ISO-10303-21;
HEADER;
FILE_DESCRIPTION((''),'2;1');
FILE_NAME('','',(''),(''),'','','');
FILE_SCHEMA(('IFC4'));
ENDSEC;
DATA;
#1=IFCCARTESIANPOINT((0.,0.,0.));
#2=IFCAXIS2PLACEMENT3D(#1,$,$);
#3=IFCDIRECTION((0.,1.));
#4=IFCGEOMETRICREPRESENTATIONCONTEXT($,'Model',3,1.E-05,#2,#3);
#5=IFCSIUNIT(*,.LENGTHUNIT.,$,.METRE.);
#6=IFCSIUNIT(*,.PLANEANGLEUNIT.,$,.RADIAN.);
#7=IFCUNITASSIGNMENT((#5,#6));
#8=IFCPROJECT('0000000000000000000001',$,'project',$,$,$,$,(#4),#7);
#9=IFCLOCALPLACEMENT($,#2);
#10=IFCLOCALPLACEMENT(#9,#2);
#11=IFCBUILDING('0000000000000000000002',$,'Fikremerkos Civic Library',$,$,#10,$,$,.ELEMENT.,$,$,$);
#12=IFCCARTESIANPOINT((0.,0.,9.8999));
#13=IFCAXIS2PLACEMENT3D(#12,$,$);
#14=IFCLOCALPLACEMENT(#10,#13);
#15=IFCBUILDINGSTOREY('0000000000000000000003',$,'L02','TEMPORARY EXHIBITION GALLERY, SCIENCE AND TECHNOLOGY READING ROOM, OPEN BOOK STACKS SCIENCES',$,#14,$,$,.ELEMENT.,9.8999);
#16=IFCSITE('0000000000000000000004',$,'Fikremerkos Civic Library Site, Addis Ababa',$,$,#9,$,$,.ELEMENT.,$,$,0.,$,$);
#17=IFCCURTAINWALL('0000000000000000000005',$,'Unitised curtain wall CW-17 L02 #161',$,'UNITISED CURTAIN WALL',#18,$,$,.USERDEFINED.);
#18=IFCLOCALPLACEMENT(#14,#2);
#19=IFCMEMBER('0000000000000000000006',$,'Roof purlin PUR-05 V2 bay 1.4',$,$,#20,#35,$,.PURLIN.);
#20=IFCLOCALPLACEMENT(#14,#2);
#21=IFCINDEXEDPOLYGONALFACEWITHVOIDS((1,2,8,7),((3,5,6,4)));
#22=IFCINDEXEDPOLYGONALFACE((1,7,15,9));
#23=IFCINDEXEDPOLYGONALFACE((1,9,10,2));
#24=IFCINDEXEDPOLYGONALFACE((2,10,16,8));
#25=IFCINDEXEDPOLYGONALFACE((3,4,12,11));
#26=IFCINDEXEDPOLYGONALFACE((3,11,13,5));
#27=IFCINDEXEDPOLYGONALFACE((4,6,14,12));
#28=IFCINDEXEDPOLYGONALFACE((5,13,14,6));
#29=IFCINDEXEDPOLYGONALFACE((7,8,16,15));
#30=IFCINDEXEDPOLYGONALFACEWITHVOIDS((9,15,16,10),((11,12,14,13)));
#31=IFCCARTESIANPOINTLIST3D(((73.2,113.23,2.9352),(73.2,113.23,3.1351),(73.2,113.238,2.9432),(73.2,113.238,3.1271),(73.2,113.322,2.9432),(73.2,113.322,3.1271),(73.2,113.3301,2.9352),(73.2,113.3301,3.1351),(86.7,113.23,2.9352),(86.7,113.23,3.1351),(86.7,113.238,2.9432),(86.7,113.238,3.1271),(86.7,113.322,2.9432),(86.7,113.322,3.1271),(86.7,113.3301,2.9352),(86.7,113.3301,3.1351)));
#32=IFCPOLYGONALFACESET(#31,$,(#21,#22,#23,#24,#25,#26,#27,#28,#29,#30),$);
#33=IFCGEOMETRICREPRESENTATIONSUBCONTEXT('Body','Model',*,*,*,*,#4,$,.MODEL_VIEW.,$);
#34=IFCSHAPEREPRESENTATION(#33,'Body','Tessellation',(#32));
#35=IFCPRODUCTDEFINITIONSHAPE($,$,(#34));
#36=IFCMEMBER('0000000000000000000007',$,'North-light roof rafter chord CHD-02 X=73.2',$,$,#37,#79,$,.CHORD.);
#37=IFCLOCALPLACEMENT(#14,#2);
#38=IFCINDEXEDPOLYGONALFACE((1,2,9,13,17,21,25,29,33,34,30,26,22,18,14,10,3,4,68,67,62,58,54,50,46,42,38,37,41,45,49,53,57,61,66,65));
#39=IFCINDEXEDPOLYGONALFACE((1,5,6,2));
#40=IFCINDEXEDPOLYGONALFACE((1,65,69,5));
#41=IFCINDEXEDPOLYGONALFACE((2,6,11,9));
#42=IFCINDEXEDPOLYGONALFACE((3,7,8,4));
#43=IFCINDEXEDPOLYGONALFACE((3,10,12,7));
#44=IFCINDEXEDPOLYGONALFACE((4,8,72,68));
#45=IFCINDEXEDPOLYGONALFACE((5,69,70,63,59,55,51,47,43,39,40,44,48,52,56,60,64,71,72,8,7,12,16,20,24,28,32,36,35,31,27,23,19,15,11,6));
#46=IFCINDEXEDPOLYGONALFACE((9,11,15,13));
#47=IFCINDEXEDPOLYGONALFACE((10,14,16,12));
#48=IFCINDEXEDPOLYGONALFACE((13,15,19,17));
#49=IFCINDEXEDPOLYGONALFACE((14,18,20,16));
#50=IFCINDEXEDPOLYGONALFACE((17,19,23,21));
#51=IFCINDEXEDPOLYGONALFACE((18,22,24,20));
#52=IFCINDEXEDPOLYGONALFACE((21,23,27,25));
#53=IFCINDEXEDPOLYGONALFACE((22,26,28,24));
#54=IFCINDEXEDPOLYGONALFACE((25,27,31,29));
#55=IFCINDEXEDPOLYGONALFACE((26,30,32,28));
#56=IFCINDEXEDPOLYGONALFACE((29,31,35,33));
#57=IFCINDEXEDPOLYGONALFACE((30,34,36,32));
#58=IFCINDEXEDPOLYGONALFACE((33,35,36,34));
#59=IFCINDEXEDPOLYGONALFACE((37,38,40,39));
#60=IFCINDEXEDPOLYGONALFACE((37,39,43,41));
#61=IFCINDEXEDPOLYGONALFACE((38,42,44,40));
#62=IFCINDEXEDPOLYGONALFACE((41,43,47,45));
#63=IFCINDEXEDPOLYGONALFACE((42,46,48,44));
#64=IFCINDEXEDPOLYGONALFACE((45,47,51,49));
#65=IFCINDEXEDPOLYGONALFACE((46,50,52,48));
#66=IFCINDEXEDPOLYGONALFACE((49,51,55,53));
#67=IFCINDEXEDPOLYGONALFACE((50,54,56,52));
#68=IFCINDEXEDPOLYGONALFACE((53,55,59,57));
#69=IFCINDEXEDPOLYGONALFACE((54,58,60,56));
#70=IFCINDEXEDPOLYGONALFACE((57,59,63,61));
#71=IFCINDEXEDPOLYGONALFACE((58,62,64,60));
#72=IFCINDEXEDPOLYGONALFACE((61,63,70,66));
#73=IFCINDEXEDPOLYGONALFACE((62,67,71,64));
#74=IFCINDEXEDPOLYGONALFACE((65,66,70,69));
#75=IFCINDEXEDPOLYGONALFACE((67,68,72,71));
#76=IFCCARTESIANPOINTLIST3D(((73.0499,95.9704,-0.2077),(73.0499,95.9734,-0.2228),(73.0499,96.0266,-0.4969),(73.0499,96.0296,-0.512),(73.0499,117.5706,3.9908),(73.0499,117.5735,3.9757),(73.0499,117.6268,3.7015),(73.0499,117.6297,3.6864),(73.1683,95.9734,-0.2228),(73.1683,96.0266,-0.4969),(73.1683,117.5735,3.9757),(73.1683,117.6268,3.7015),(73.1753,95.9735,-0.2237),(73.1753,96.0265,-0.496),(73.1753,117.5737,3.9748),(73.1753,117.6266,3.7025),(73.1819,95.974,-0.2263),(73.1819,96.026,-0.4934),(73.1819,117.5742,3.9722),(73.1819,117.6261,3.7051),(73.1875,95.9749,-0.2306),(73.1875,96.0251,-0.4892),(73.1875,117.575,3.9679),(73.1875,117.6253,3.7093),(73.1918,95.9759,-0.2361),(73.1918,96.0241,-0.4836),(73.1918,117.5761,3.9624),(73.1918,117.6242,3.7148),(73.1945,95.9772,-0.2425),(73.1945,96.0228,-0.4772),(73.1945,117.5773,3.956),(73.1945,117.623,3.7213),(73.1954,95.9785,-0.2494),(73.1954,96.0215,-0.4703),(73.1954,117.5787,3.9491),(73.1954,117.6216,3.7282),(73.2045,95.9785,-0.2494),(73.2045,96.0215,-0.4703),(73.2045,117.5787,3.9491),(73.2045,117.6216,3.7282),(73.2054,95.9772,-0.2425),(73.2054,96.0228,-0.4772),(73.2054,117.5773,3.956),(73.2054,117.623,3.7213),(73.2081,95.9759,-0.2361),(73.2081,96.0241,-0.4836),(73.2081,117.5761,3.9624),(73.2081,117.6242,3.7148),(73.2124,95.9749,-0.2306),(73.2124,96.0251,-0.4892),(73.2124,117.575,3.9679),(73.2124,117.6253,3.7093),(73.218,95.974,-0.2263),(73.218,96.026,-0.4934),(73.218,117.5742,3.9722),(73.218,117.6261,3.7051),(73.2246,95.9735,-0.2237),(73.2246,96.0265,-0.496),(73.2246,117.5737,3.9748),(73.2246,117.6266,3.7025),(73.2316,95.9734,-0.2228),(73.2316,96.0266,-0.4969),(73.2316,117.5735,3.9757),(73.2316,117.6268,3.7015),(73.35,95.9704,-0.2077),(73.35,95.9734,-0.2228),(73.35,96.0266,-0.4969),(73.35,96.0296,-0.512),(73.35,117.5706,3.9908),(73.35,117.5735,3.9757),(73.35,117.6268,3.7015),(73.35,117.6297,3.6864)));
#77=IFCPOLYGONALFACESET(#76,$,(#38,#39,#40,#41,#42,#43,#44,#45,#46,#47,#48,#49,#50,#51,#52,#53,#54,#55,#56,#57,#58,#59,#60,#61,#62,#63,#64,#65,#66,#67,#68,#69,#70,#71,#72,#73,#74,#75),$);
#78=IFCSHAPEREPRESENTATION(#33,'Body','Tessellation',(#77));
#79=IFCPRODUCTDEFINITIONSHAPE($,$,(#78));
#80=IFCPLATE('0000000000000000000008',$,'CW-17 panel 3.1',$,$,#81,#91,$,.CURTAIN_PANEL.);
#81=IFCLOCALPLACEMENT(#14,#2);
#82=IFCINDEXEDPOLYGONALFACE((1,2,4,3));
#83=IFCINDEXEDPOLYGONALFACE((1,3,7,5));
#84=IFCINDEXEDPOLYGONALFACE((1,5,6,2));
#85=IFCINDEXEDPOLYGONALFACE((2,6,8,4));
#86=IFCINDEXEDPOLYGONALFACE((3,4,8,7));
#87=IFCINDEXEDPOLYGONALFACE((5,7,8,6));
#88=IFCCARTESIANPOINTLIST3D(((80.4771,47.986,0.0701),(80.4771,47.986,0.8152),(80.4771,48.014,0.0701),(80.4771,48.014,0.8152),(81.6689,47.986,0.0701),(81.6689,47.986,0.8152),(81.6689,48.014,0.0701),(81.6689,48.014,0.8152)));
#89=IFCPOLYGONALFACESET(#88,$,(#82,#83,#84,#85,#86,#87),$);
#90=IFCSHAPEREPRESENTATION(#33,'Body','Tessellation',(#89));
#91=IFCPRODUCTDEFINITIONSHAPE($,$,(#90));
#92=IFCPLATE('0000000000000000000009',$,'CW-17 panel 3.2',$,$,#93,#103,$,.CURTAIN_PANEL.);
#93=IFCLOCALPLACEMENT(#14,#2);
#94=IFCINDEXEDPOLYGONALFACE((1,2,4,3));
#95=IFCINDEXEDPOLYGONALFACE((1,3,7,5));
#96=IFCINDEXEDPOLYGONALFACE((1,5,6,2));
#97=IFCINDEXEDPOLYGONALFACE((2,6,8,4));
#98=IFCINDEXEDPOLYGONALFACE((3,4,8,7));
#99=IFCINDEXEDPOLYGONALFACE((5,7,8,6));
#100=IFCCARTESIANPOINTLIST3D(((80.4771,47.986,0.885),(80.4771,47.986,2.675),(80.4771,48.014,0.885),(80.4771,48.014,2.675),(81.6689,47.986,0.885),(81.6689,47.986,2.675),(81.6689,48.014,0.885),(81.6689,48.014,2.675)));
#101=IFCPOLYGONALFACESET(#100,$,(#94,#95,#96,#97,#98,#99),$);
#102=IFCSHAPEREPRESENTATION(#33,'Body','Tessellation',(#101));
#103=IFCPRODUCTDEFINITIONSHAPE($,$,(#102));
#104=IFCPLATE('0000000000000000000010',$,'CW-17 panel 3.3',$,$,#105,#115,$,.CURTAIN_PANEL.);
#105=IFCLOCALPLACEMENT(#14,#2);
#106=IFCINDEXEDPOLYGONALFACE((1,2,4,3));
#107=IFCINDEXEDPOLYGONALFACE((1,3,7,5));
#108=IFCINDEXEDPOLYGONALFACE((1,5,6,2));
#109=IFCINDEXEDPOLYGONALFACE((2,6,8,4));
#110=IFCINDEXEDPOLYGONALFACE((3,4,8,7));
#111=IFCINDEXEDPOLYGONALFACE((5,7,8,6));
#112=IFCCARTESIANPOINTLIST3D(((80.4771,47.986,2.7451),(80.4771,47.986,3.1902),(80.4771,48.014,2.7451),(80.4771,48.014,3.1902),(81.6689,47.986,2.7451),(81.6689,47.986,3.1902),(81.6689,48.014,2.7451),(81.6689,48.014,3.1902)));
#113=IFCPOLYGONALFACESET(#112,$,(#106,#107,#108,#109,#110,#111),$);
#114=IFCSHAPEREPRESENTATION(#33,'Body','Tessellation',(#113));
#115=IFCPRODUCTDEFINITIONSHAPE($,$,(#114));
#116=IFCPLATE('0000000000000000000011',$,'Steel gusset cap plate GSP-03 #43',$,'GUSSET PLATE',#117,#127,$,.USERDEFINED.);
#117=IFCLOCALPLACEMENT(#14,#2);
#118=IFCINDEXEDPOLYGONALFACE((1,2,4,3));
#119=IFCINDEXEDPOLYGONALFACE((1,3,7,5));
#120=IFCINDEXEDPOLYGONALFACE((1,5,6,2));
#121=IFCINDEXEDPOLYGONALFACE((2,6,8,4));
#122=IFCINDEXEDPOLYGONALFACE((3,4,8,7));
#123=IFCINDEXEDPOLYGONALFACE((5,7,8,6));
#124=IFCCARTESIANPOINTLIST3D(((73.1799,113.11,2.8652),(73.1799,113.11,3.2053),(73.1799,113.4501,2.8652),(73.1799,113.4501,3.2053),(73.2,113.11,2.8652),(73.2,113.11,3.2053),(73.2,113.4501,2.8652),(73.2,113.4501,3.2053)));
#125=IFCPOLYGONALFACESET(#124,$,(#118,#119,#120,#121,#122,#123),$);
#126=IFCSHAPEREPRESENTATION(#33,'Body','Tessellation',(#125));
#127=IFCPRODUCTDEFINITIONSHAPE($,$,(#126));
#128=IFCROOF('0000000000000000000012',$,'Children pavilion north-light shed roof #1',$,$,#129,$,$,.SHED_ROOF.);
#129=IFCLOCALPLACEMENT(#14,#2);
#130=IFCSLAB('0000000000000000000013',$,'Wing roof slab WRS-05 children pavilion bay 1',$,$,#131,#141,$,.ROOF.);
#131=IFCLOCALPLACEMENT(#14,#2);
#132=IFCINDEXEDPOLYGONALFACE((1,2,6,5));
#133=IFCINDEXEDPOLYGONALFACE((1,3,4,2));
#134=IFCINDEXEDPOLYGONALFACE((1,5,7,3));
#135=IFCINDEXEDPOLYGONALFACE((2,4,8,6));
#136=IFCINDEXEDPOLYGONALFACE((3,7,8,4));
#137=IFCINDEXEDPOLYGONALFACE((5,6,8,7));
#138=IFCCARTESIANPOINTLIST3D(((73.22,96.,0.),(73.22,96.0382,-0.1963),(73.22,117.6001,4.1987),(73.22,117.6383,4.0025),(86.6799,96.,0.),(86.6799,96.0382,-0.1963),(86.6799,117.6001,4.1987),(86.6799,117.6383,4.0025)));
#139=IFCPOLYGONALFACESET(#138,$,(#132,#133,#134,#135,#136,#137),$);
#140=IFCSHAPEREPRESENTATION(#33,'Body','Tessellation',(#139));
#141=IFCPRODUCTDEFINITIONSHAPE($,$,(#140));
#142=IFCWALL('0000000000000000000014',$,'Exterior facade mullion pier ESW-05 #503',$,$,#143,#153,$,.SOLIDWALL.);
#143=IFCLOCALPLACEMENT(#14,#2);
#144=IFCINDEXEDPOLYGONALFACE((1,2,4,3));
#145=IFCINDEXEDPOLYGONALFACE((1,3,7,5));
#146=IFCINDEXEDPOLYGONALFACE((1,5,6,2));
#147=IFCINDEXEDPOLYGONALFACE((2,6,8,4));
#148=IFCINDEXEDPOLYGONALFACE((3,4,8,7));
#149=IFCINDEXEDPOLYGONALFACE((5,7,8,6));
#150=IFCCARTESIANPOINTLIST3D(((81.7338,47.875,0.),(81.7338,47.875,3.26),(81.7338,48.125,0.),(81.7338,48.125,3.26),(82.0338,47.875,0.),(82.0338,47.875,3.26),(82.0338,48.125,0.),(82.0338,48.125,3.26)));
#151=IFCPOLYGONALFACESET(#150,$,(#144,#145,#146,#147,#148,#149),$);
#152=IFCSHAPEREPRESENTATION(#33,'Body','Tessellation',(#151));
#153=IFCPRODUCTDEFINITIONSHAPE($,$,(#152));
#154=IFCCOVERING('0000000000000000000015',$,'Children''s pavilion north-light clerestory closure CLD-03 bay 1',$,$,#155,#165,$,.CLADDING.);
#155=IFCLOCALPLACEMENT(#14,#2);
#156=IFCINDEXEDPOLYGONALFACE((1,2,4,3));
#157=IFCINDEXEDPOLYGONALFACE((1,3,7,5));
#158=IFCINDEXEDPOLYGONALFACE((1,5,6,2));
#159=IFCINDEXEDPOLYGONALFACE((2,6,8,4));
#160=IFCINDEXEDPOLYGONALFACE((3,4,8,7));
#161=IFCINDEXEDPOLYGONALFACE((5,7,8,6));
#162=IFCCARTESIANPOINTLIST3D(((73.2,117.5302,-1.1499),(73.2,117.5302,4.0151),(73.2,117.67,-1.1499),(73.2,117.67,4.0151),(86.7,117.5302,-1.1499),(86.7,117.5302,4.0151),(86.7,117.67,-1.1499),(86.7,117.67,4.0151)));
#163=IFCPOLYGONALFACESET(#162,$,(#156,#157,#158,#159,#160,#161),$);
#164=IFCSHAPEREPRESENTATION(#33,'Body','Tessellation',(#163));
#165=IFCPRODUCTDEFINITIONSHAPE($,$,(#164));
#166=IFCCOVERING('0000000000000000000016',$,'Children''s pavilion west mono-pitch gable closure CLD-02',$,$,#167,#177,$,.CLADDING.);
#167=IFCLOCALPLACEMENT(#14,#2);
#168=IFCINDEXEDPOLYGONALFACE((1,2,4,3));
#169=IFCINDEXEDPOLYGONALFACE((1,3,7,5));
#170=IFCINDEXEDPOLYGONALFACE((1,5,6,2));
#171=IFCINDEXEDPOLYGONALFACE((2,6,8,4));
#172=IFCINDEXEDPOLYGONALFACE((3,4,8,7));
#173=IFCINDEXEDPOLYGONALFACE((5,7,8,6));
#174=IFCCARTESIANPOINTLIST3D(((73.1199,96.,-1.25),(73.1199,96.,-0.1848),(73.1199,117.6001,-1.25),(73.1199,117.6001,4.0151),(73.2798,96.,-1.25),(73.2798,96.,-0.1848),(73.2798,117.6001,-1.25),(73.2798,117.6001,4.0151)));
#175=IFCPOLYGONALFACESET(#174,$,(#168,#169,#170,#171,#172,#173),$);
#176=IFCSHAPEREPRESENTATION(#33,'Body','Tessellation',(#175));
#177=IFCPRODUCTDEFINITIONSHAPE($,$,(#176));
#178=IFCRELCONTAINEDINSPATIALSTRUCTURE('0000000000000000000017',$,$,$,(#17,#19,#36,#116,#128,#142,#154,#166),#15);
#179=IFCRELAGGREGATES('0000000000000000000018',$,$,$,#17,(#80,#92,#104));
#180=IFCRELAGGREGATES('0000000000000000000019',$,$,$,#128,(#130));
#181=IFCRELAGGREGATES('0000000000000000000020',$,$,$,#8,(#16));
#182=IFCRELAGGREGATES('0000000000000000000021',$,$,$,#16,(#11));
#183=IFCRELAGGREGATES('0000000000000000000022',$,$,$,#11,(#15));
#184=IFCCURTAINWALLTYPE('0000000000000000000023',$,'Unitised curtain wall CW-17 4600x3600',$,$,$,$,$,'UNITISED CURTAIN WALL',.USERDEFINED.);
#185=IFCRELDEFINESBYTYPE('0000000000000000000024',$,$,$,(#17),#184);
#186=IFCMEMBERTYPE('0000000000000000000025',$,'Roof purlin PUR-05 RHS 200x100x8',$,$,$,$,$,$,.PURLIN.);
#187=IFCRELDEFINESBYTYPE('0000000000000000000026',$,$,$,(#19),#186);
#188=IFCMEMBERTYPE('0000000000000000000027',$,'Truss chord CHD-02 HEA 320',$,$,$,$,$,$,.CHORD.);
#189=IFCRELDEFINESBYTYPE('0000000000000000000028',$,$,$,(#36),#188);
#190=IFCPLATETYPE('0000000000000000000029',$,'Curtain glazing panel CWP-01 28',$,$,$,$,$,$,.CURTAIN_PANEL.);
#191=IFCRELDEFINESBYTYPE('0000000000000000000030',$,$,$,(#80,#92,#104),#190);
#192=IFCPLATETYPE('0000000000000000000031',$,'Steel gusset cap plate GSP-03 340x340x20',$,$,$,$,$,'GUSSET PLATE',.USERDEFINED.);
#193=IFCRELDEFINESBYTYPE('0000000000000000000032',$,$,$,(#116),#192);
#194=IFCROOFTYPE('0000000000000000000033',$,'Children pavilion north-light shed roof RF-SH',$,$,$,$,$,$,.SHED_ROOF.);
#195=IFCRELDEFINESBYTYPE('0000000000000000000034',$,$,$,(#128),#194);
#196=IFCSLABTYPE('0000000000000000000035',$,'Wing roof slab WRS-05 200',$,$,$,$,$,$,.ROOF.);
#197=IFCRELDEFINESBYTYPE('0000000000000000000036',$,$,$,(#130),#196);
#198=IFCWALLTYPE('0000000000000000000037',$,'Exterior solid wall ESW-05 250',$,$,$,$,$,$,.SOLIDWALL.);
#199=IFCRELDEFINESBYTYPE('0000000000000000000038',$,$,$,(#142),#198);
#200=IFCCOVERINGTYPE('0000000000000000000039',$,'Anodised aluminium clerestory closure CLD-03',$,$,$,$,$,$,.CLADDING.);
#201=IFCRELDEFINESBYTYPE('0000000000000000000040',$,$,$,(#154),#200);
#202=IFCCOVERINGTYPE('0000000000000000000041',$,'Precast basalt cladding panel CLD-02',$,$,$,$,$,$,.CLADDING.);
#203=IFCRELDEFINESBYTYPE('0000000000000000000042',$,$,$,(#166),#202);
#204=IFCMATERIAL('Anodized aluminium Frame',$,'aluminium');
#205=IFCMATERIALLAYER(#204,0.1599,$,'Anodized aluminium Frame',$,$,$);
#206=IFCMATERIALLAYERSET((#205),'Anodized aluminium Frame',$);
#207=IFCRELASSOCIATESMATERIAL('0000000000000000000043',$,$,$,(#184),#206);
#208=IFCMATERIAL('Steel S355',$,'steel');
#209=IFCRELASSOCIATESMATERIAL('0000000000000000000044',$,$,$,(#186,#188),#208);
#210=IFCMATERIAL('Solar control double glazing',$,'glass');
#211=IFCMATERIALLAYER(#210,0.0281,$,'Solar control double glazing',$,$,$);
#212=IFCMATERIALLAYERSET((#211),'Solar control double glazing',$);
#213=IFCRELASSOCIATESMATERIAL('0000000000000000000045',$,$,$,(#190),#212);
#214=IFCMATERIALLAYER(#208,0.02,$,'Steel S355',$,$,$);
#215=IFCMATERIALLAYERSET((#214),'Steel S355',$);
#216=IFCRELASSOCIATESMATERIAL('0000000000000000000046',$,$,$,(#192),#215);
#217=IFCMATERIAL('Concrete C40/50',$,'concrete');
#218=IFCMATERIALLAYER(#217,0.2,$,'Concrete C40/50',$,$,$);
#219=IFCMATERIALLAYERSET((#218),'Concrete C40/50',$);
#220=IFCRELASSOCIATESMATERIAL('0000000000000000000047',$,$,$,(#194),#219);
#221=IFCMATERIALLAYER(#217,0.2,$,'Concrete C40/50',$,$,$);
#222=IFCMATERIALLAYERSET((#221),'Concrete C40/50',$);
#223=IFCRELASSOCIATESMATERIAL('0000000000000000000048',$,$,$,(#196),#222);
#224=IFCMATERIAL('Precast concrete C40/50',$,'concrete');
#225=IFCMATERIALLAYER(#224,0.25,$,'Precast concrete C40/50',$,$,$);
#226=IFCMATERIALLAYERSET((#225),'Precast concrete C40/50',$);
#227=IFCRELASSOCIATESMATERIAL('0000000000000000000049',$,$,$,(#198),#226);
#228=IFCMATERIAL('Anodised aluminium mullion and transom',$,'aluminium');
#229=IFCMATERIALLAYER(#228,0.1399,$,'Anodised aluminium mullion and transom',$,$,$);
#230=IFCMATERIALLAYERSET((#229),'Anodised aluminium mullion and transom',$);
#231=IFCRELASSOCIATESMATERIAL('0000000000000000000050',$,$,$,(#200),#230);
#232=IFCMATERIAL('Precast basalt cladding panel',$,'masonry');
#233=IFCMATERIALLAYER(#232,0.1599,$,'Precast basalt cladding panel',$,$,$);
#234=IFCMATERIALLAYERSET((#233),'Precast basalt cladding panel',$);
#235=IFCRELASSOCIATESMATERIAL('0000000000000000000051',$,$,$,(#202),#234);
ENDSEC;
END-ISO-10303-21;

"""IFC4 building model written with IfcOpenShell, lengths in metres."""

from ifc_helpers import new_model, si_unit, direction, frame, frame_2d, origin, origin_2d, place, context, subcontext, project, spatial, polyline, rectangle, hollow_rectangle, i_section, outline, extrude, material, layer, layer_set, material_profile, profile_set, type_object, element, aggregate, save


model = new_model("IFC4")

# Units and contexts
model_context = context("Model", 3, precision=1e-05, world=origin(), true_north=direction((0.0, 1.0)))
body_context = subcontext(model_context, "Body", "Model", "MODEL_VIEW")
ifc_project = project(units=[si_unit("LENGTHUNIT", "METRE"), si_unit("PLANEANGLEUNIT", "RADIAN")], contexts=[model_context])

# Site, building, storey
site_placement = place(None, origin())
site = spatial("IfcSite", under=ifc_project, at=site_placement, Name="Fikremerkos Civic Library Site, Addis Ababa", CompositionType="ELEMENT", RefElevation=0.0)
building_placement = place(site_placement, origin())
building = spatial("IfcBuilding", under=site, at=building_placement, Name="Fikremerkos Civic Library", CompositionType="ELEMENT")
storey_placement = place(building_placement, frame((0.0, 0.0, 9.8999)))
storey = spatial("IfcBuildingStorey", under=building, at=storey_placement, Name="L02", Description="TEMPORARY EXHIBITION GALLERY, SCIENCE AND TECHNOLOGY READING ROOM, OPEN BOOK STACKS SCIENCES", CompositionType="ELEMENT", Elevation=9.8999)

# Curtain wall
ifc_material_1 = material(Name="Anodized aluminium Frame", Category="aluminium")
ifc_layer_1 = layer(ifc_material_1, 0.1599, Name="Anodized aluminium Frame")
ifc_layer_set_1 = layer_set([ifc_layer_1], Name="Anodized aluminium Frame")
curtain_wall_type_1 = type_object("IfcCurtainWallType", Name="Unitised curtain wall CW-17 4600x3600", ElementType="UNITISED CURTAIN WALL", PredefinedType="USERDEFINED", material=ifc_layer_set_1)
curtain_wall_1_placement = place(storey_placement, origin())
curtain_wall_1 = element("IfcCurtainWall", 1, at=curtain_wall_1_placement, inside=storey, type_object=curtain_wall_type_1, Name="Unitised curtain wall CW-17 L02 #161", ObjectType="UNITISED CURTAIN WALL", PredefinedType="USERDEFINED")

# Shared definitions
ifc_material_2 = material(Name="Steel S355", Category="steel")

# Shared definitions
ifc_material_3 = material(Name="Concrete C40/50", Category="concrete")

# Members
ifc_material_profile_1 = material_profile(ifc_material_2, hollow_rectangle(XDim=0.1001, YDim=0.2, WallThickness=0.0081, at=origin_2d()), Name="RHS 200x100x8")
ifc_profile_set_1 = profile_set([ifc_material_profile_1], Name="Steel S355")
member_type_1 = type_object("IfcMemberType", Name="Roof purlin PUR-05 RHS 200x100x8", PredefinedType="PURLIN", material=ifc_profile_set_1)
member_1_placement = place(storey_placement, frame((73.2, 113.28, 3.0352), z_axis=(1.0, 0.0, 0.0), x_axis=(0.0, 1.0, 0.0)))
element("IfcMember", 2, at=member_1_placement, inside=storey, type_object=member_type_1, Name="Roof purlin PUR-05 V2 bay 1.4", PredefinedType="PURLIN", context=body_context, shape_type="SweptSolid", body=[
    extrude(hollow_rectangle(XDim=0.1001, YDim=0.2, WallThickness=0.0081, at=origin_2d()), origin(), (0.0, 0.0, 1.0), 13.5),
])
ifc_material_profile_2 = material_profile(ifc_material_2, i_section(OverallWidth=0.3, OverallDepth=0.3101, WebThickness=0.009, FlangeThickness=0.0154, FilletRadius=0.0271, at=origin_2d()), Name="HEA 320")
ifc_profile_set_2 = profile_set([ifc_material_profile_2], Name="Steel S355")
member_type_2 = type_object("IfcMemberType", Name="Truss chord CHD-02 HEA 320", PredefinedType="CHORD", material=ifc_profile_set_2)
member_2_placement = place(storey_placement, frame((73.2, 96.0, -0.3599), z_axis=(0.0, 0.981628, 0.190803), x_axis=(-1.0, 0.0, 0.0)))
element("IfcMember", 3, at=member_2_placement, inside=storey, type_object=member_type_2, Name="North-light roof rafter chord CHD-02 X=73.2", PredefinedType="CHORD", context=body_context, shape_type="SweptSolid", body=[
    extrude(i_section(OverallWidth=0.3, OverallDepth=0.3101, WebThickness=0.009, FlangeThickness=0.0154, FilletRadius=0.0271, at=origin_2d()), origin(), (0.0, 0.0, 1.0), 22.0044),
])

# Plates
ifc_material_4 = material(Name="Solar control double glazing", Category="glass")
ifc_layer_2 = layer(ifc_material_4, 0.0281, Name="Solar control double glazing")
ifc_layer_set_2 = layer_set([ifc_layer_2], Name="Solar control double glazing")
plate_type_1 = type_object("IfcPlateType", Name="Curtain glazing panel CWP-01 28", PredefinedType="CURTAIN_PANEL", material=ifc_layer_set_2)
plate_1_placement = place(storey_placement, frame((81.073, 48.0, 0.0701), z_axis=(0.0, 0.0, 1.0), x_axis=(1.0, 0.0, 0.0)))
plate_1 = element("IfcPlate", 4, at=plate_1_placement, type_object=plate_type_1, Name="CW-17 panel 3.1", PredefinedType="CURTAIN_PANEL", context=body_context, shape_type="SweptSolid", body=[
    extrude(rectangle(XDim=1.1919, YDim=0.0281, at=origin_2d()), origin(), (0.0, 0.0, 1.0), 0.7451),
])
plate_2_placement = place(storey_placement, frame((81.073, 48.0, 0.885), z_axis=(0.0, 0.0, 1.0), x_axis=(1.0, 0.0, 0.0)))
plate_2 = element("IfcPlate", 5, at=plate_2_placement, type_object=plate_type_1, Name="CW-17 panel 3.2", PredefinedType="CURTAIN_PANEL", context=body_context, shape_type="SweptSolid", body=[
    extrude(rectangle(XDim=1.1919, YDim=0.0281, at=origin_2d()), origin(), (0.0, 0.0, 1.0), 1.79),
])
plate_3_placement = place(storey_placement, frame((81.073, 48.0, 2.7451), z_axis=(0.0, 0.0, 1.0), x_axis=(1.0, 0.0, 0.0)))
plate_3 = element("IfcPlate", 6, at=plate_3_placement, type_object=plate_type_1, Name="CW-17 panel 3.3", PredefinedType="CURTAIN_PANEL", context=body_context, shape_type="SweptSolid", body=[
    extrude(rectangle(XDim=1.1919, YDim=0.0281, at=origin_2d()), origin(), (0.0, 0.0, 1.0), 0.4451),
])
aggregate(curtain_wall_1, [plate_1, plate_2, plate_3])
ifc_layer_3 = layer(ifc_material_2, 0.02, Name="Steel S355")
ifc_layer_set_3 = layer_set([ifc_layer_3], Name="Steel S355")
plate_type_2 = type_object("IfcPlateType", Name="Steel gusset cap plate GSP-03 340x340x20", ElementType="GUSSET PLATE", PredefinedType="USERDEFINED", material=ifc_layer_set_3)
plate_4_placement = place(storey_placement, frame((73.1899, 113.28, 2.8652), z_axis=(0.0, 0.0, 1.0), x_axis=(1.0, 0.0, 0.0)))
element("IfcPlate", 7, at=plate_4_placement, inside=storey, type_object=plate_type_2, Name="Steel gusset cap plate GSP-03 #43", ObjectType="GUSSET PLATE", PredefinedType="USERDEFINED", context=body_context, shape_type="SweptSolid", body=[
    extrude(rectangle(XDim=0.02, YDim=0.3401, at=origin_2d()), origin(), (0.0, 0.0, 1.0), 0.3401),
])

# Roof, slab
ifc_layer_4 = layer(ifc_material_3, 0.2, Name="Concrete C40/50")
ifc_layer_set_4 = layer_set([ifc_layer_4], Name="Concrete C40/50")
roof_type = type_object("IfcRoofType", Name="Children pavilion north-light shed roof RF-SH", PredefinedType="SHED_ROOF", material=ifc_layer_set_4)
roof_placement = place(storey_placement, origin())
roof = element("IfcRoof", 8, at=roof_placement, inside=storey, type_object=roof_type, Name="Children pavilion north-light shed roof #1", PredefinedType="SHED_ROOF")
ifc_layer_5 = layer(ifc_material_3, 0.2, Name="Concrete C40/50")
ifc_layer_set_5 = layer_set([ifc_layer_5], Name="Concrete C40/50")
slab_type = type_object("IfcSlabType", Name="Wing roof slab WRS-05 200", PredefinedType="ROOF", material=ifc_layer_set_5)
slab_placement = place(storey_placement, frame((73.22, 96.0, 0.0), z_axis=(0.0, -0.190813, 0.981626), x_axis=(1.0, 0.0, 0.0)))
slab = element("IfcSlab", 9, at=slab_placement, type_object=slab_type, Name="Wing roof slab WRS-05 children pavilion bay 1", PredefinedType="ROOF", context=body_context, shape_type="SweptSolid", body=[
    extrude(outline(polyline([(0.0, 0.0), (13.46, 0.0), (13.46, 22.0044), (0.0, 22.0044), (0.0, 0.0)])), origin(), (0.0, 0.0, -1.0), 0.2),
])
aggregate(roof, [slab])

# Wall
ifc_material_5 = material(Name="Precast concrete C40/50", Category="concrete")
ifc_layer_6 = layer(ifc_material_5, 0.25, Name="Precast concrete C40/50")
ifc_layer_set_6 = layer_set([ifc_layer_6], Name="Precast concrete C40/50")
wall_type = type_object("IfcWallType", Name="Exterior solid wall ESW-05 250", PredefinedType="SOLIDWALL", material=ifc_layer_set_6)
wall_placement = place(storey_placement, frame((81.7339, 48.0, 0.0), z_axis=(0.0, 0.0, 1.0), x_axis=(1.0, 0.0, 0.0)))
element("IfcWall", 10, at=wall_placement, inside=storey, type_object=wall_type, Name="Exterior facade mullion pier ESW-05 #503", PredefinedType="SOLIDWALL", context=body_context, shape_type="SweptSolid", body=[
    extrude(rectangle(XDim=0.3, YDim=0.25, at=frame_2d((0.1499, 0.0))), origin(), (0.0, 0.0, 1.0), 3.26),
])

# Coverings
ifc_material_6 = material(Name="Anodised aluminium mullion and transom", Category="aluminium")
ifc_layer_7 = layer(ifc_material_6, 0.1399, Name="Anodised aluminium mullion and transom")
ifc_layer_set_7 = layer_set([ifc_layer_7], Name="Anodised aluminium mullion and transom")
covering_type_1 = type_object("IfcCoveringType", Name="Anodised aluminium clerestory closure CLD-03", PredefinedType="CLADDING", material=ifc_layer_set_7)
covering_1_placement = place(storey_placement, frame((73.2, 117.6001, -1.1499), z_axis=(0.0, 0.0, 1.0), x_axis=(1.0, 0.0, 0.0)))
element("IfcCovering", 11, at=covering_1_placement, inside=storey, type_object=covering_type_1, Name="Children's pavilion north-light clerestory closure CLD-03 bay 1", PredefinedType="CLADDING", context=body_context, shape_type="SweptSolid", body=[
    extrude(rectangle(XDim=13.5, YDim=0.1399, at=frame_2d((6.75, 0.0))), origin(), (0.0, 0.0, 1.0), 5.165),
])
ifc_material_7 = material(Name="Precast basalt cladding panel", Category="masonry")
ifc_layer_8 = layer(ifc_material_7, 0.1599, Name="Precast basalt cladding panel")
ifc_layer_set_8 = layer_set([ifc_layer_8], Name="Precast basalt cladding panel")
covering_type_2 = type_object("IfcCoveringType", Name="Precast basalt cladding panel CLD-02", PredefinedType="CLADDING", material=ifc_layer_set_8)
covering_2_placement = place(storey_placement, frame((73.2, 96.0, -1.25), z_axis=(0.0, 0.0, 1.0), x_axis=(0.0, 1.0, 0.0)))
element("IfcCovering", 12, at=covering_2_placement, inside=storey, type_object=covering_type_2, Name="Children's pavilion west mono-pitch gable closure CLD-02", PredefinedType="CLADDING", context=body_context, shape_type="SweptSolid", body=[
    extrude(outline(polyline([(0.0, 0.0), (21.6001, 0.0), (21.6001, 5.2651), (0.0, 1.0652), (0.0, 0.0)])), frame((0.0, 0.0801, 0.0), z_axis=(0.0, -1.0, 0.0), x_axis=(1.0, 0.0, 0.0)), (0.0, 0.0, 1.0), 0.1599),
])

save(model, "model.ifc")
